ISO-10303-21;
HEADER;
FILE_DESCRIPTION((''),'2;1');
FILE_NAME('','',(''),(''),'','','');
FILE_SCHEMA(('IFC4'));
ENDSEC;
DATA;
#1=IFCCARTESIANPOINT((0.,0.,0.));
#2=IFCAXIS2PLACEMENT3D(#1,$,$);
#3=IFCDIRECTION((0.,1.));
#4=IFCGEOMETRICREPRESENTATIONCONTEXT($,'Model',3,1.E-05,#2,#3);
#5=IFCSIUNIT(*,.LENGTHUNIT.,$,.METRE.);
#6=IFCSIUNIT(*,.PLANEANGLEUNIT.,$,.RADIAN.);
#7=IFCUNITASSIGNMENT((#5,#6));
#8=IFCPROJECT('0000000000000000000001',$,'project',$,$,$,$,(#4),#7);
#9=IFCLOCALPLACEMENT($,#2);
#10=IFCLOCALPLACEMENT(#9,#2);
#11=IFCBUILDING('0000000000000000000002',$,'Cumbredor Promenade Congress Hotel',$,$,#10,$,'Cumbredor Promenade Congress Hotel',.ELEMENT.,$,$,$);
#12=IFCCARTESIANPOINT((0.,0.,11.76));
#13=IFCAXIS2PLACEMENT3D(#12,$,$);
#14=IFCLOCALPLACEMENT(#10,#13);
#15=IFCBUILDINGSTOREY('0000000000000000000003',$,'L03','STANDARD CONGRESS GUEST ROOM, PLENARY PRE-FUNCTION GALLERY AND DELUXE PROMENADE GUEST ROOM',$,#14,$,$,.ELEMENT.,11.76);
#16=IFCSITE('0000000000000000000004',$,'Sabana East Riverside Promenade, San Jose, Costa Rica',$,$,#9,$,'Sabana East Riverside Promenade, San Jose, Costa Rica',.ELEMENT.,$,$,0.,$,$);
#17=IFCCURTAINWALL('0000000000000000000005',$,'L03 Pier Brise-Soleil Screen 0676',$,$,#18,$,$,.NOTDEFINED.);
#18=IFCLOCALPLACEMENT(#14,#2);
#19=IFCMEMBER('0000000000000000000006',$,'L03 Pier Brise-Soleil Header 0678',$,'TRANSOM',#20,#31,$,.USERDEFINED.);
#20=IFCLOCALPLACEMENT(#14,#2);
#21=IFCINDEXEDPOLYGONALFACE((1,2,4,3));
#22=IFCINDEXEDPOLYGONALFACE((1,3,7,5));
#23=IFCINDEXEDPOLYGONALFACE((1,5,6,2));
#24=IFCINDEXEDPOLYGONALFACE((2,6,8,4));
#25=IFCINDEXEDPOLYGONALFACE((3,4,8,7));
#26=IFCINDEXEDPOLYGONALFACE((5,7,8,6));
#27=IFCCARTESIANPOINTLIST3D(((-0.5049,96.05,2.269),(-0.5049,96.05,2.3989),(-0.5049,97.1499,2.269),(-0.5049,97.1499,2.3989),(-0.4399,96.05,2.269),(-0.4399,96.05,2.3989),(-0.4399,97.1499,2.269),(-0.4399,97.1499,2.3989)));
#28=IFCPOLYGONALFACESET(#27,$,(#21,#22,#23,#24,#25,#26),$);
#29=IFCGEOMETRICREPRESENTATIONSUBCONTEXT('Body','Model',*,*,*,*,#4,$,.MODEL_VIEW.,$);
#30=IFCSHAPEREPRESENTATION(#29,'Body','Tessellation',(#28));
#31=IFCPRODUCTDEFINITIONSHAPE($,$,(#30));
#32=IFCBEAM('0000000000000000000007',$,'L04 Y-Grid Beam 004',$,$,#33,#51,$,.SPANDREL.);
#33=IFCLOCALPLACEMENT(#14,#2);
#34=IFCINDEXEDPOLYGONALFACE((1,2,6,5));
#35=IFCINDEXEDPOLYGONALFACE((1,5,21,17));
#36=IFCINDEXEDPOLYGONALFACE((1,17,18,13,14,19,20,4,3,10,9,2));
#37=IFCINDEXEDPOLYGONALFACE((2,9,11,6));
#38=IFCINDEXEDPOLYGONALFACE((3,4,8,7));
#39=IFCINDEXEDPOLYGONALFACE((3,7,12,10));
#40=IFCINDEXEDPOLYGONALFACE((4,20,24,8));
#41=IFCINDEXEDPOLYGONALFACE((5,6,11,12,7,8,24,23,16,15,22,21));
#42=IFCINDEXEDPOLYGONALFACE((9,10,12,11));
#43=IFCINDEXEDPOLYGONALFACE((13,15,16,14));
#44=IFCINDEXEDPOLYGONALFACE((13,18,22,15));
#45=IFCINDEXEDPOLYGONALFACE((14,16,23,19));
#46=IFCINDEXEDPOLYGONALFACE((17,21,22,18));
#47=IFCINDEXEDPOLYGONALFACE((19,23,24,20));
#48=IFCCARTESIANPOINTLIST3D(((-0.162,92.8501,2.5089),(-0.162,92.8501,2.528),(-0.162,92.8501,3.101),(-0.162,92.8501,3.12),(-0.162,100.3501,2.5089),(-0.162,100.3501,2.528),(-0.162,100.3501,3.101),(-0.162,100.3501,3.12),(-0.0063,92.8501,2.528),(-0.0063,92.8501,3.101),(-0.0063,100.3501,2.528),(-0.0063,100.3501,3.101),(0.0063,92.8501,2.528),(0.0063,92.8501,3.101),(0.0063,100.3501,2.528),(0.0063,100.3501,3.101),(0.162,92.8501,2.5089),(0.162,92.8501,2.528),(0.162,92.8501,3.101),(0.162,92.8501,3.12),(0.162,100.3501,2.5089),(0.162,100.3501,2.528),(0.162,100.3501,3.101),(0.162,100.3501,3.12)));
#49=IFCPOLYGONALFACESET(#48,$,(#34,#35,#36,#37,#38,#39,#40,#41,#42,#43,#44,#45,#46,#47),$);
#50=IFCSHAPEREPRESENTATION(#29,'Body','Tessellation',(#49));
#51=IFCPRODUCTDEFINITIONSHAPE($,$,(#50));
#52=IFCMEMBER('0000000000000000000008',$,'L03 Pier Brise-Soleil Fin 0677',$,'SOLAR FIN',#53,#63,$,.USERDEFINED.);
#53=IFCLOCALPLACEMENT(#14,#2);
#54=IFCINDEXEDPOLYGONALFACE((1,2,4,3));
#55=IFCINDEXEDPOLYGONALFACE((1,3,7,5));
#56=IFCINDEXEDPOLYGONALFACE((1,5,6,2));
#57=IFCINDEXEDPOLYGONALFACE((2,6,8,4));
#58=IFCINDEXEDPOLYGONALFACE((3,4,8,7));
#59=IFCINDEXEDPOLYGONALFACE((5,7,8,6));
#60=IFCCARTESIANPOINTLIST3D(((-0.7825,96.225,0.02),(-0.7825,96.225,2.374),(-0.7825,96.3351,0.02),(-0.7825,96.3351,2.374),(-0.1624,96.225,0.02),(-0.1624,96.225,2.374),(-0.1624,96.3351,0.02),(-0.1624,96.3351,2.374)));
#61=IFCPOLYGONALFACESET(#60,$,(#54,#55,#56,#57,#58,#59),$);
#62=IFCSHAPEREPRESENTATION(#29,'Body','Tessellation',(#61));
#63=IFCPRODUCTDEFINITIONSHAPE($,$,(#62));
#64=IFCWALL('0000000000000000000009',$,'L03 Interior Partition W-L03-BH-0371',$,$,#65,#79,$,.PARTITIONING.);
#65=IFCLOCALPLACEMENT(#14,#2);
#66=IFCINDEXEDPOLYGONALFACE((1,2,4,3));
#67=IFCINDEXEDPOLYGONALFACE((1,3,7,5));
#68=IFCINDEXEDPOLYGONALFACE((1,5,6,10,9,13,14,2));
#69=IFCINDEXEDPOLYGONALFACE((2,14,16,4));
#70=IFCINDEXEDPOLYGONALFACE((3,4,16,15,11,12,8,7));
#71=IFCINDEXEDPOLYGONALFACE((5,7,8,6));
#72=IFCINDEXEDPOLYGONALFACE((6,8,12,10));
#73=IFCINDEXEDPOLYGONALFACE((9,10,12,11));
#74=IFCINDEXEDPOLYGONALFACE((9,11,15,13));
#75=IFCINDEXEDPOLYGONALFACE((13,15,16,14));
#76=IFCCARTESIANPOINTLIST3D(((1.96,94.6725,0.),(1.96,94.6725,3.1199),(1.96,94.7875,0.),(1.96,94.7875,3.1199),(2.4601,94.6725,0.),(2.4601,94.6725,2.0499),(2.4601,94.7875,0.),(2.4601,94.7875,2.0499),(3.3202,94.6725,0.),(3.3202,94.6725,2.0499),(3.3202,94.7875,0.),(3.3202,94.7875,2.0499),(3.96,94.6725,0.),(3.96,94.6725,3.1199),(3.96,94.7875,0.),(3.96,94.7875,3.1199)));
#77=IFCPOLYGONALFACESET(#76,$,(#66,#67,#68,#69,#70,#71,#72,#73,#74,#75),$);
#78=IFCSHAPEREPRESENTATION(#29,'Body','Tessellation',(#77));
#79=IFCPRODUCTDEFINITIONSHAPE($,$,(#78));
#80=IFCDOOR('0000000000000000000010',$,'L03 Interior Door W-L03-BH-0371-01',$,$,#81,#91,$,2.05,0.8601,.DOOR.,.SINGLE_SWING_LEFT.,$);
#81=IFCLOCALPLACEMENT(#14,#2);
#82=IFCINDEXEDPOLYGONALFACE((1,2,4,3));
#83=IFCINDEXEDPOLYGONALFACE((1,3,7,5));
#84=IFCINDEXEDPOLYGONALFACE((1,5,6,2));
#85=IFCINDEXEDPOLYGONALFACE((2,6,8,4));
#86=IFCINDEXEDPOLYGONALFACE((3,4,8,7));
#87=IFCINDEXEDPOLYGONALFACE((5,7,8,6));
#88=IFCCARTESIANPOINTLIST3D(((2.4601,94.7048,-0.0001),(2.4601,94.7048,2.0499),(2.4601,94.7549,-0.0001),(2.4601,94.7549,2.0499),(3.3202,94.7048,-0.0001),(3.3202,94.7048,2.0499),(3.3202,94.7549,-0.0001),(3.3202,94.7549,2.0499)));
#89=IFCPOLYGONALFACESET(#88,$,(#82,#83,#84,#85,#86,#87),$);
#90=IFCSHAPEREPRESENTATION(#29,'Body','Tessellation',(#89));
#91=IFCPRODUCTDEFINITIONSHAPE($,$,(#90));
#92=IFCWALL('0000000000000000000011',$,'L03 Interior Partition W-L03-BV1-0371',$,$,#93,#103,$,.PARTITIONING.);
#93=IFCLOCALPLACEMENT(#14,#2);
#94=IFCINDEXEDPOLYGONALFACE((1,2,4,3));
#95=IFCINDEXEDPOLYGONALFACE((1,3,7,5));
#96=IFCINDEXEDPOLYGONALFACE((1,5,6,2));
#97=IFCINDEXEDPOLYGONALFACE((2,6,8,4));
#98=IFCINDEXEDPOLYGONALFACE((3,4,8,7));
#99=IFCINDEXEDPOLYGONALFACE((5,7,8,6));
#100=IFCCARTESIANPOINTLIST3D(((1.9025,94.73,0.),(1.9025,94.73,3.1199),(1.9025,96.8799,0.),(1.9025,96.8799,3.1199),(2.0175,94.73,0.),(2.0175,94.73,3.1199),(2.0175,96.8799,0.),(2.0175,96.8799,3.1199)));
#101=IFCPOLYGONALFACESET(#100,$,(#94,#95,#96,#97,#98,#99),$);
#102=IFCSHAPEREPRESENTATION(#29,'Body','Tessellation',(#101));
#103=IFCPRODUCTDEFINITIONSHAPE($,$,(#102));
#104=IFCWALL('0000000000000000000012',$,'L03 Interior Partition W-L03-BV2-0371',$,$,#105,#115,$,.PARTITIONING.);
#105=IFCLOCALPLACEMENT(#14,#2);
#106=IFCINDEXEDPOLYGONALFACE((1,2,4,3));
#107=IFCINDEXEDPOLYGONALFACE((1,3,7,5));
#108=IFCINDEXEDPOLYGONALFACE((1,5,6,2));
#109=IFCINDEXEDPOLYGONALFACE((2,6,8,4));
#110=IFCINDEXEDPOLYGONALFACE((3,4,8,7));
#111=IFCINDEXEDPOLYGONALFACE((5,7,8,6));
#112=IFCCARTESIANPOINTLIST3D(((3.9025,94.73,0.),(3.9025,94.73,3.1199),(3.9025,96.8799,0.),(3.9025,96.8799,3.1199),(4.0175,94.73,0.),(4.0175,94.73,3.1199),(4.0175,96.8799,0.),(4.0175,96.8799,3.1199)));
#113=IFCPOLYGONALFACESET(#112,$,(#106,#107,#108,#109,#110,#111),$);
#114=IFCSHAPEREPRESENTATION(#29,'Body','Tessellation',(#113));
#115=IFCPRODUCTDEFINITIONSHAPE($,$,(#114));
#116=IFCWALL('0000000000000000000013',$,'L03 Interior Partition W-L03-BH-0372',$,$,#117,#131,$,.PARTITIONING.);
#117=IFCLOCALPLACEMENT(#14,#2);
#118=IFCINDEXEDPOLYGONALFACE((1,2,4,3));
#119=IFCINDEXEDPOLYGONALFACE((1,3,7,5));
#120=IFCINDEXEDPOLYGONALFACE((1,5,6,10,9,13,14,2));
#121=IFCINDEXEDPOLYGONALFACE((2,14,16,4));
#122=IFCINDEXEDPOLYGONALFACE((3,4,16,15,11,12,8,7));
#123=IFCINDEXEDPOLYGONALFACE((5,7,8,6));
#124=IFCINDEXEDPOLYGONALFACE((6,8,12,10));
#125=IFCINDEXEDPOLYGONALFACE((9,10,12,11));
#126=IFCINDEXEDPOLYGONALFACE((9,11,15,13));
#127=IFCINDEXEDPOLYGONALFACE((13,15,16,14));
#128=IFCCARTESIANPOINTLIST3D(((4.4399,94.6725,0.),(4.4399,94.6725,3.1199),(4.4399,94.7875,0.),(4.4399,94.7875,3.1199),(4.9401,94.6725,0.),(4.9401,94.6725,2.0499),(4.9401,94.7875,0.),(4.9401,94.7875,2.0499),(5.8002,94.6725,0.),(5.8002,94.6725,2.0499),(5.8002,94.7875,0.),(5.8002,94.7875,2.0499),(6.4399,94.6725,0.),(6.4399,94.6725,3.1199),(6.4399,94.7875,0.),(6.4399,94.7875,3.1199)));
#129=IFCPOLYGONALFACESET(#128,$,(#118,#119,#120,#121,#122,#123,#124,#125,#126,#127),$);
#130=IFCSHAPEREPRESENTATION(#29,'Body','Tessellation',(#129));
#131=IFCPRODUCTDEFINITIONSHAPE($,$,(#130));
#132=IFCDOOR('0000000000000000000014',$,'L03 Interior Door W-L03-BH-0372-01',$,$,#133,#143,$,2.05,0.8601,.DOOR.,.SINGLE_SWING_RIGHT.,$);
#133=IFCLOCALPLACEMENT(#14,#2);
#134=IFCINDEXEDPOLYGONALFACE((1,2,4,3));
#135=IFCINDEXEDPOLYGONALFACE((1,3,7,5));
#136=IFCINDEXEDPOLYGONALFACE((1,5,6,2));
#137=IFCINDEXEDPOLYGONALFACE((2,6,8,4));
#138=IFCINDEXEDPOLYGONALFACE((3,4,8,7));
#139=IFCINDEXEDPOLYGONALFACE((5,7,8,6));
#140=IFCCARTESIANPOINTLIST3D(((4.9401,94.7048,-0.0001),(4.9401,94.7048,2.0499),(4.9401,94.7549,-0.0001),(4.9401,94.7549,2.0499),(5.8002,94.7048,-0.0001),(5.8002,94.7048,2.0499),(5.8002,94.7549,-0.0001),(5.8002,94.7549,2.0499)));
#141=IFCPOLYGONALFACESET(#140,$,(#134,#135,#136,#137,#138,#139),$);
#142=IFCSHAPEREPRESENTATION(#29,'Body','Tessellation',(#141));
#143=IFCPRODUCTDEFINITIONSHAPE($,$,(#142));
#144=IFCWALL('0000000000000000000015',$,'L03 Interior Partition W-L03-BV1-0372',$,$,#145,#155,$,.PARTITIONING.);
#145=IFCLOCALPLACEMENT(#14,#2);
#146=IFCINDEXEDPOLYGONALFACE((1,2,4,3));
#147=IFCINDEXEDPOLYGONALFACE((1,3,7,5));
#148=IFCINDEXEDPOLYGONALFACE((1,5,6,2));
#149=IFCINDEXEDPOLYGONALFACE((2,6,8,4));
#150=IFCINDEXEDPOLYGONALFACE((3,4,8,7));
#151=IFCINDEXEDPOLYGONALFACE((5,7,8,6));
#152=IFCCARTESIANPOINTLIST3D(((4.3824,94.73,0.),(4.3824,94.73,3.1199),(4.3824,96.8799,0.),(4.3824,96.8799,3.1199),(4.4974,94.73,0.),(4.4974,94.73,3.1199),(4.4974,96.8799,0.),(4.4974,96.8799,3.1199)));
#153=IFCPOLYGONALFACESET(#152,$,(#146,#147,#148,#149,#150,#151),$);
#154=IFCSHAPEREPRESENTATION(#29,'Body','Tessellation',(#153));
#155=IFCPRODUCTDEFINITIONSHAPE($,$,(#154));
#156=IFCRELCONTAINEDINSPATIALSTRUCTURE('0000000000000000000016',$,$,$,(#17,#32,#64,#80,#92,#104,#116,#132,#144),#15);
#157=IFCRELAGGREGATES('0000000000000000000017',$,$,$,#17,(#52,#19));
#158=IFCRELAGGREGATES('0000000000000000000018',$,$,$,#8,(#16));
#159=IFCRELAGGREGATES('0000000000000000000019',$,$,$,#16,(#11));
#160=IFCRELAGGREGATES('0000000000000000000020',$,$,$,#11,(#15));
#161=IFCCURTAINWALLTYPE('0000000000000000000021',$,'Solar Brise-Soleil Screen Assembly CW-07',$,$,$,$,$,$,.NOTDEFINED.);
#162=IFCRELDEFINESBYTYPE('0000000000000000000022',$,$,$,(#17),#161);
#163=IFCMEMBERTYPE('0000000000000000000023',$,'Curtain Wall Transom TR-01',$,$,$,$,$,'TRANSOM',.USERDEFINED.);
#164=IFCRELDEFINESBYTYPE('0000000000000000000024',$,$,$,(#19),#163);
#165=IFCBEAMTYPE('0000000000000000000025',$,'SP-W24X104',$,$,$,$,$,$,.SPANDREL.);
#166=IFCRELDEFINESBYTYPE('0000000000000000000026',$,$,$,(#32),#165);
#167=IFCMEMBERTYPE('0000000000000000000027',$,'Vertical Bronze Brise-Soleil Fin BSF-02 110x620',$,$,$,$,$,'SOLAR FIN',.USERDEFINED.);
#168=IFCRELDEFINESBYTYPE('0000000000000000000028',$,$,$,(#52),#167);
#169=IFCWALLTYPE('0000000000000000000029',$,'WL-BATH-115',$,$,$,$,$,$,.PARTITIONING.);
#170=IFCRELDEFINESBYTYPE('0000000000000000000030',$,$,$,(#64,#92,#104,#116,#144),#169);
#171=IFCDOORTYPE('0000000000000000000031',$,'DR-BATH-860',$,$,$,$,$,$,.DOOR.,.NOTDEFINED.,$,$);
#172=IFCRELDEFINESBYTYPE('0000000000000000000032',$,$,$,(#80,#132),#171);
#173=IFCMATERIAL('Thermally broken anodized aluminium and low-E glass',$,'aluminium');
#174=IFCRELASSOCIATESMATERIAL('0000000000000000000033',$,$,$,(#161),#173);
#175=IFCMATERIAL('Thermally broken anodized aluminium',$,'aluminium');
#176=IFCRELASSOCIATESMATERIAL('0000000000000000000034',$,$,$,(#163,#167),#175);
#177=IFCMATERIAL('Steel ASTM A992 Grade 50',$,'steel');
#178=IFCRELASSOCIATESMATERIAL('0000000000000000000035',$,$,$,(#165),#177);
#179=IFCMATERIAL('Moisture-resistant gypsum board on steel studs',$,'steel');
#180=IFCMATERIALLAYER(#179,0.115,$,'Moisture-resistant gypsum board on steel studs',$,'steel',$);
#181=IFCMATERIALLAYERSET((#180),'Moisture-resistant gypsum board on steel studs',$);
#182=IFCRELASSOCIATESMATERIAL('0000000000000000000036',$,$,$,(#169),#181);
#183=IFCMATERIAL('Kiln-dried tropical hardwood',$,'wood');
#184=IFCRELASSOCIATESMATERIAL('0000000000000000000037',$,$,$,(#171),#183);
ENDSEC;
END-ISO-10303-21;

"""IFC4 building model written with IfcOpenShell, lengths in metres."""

from ifc_helpers import new_model, si_unit, direction, frame, frame_2d, origin, origin_2d, place, context, subcontext, project, spatial, rectangle, i_section, extrude, material, layer, layer_set, material_profile, profile_set, type_object, element, fill, aggregate, save


model = new_model("IFC4")

# Units and contexts
model_context = context("Model", 3, precision=1e-05, world=origin(), true_north=direction((0.0, 1.0)))
body_context = subcontext(model_context, "Body", "Model", "MODEL_VIEW")
ifc_project = project(units=[si_unit("LENGTHUNIT", "METRE"), si_unit("PLANEANGLEUNIT", "RADIAN")], contexts=[model_context])

# Site, building, storey
site_placement = place(None, origin())
site = spatial("IfcSite", under=ifc_project, at=site_placement, Name="Sabana East Riverside Promenade, San Jose, Costa Rica", LongName="Sabana East Riverside Promenade, San Jose, Costa Rica", CompositionType="ELEMENT", RefElevation=0.0)
building_placement = place(site_placement, origin())
building = spatial("IfcBuilding", under=site, at=building_placement, Name="Cumbredor Promenade Congress Hotel", LongName="Cumbredor Promenade Congress Hotel", CompositionType="ELEMENT")
storey_placement = place(building_placement, frame((0.0, 0.0, 11.76)))
storey = spatial("IfcBuildingStorey", under=building, at=storey_placement, Name="L03", Description="STANDARD CONGRESS GUEST ROOM, PLENARY PRE-FUNCTION GALLERY AND DELUXE PROMENADE GUEST ROOM", CompositionType="ELEMENT", Elevation=11.76)

# Curtain wall, member
ifc_material_1 = material(Name="Thermally broken anodized aluminium and low-E glass", Category="aluminium")
curtain_wall_type = type_object("IfcCurtainWallType", Name="Solar Brise-Soleil Screen Assembly CW-07", PredefinedType="NOTDEFINED", material=ifc_material_1)
curtain_wall_placement = place(storey_placement, origin())
curtain_wall = element("IfcCurtainWall", 1, at=curtain_wall_placement, inside=storey, type_object=curtain_wall_type, Name="L03 Pier Brise-Soleil Screen 0676", PredefinedType="NOTDEFINED")
ifc_material_2 = material(Name="Thermally broken anodized aluminium", Category="aluminium")
ifc_material_profile_1 = material_profile(ifc_material_2, rectangle(XDim=0.0649, YDim=0.1299, at=origin_2d()), Name="ALU TRANSOM 65x130")
ifc_profile_set_1 = profile_set([ifc_material_profile_1], Name="Thermally broken anodized aluminium")
member_type_1 = type_object("IfcMemberType", Name="Curtain Wall Transom TR-01", ElementType="TRANSOM", PredefinedType="USERDEFINED", material=ifc_profile_set_1)
member_1_placement = place(storey_placement, frame((-0.4724, 96.05, 2.334), z_axis=(0.0, 1.0, 0.0), x_axis=(-1.0, 0.0, 0.0)))
member_1 = element("IfcMember", 2, at=member_1_placement, type_object=member_type_1, Name="L03 Pier Brise-Soleil Header 0678", ObjectType="TRANSOM", PredefinedType="USERDEFINED", context=body_context, shape_type="SweptSolid", body=[
    extrude(rectangle(XDim=0.0649, YDim=0.1299, at=origin_2d()), origin(), (0.0, 0.0, 1.0), 1.0999),
])

# Beam
ifc_material_3 = material(Name="Steel ASTM A992 Grade 50", Category="steel")
ifc_material_profile_2 = material_profile(ifc_material_3, i_section(OverallWidth=0.324, OverallDepth=0.6111, WebThickness=0.0127, FlangeThickness=0.019, at=origin_2d()), Name="W24X104")
ifc_profile_set_2 = profile_set([ifc_material_profile_2], Name="Steel ASTM A992 Grade 50")
beam_type = type_object("IfcBeamType", Name="SP-W24X104", PredefinedType="SPANDREL", material=ifc_profile_set_2)
beam_placement = place(storey_placement, frame((0.0, 92.8501, 2.8145), z_axis=(0.0, 1.0, 0.0), x_axis=(-1.0, 0.0, 0.0)))
element("IfcBeam", 3, at=beam_placement, inside=storey, type_object=beam_type, Name="L04 Y-Grid Beam 004", PredefinedType="SPANDREL", context=body_context, shape_type="SweptSolid", body=[
    extrude(i_section(OverallWidth=0.324, OverallDepth=0.6111, WebThickness=0.0127, FlangeThickness=0.019, at=origin_2d()), origin(), (0.0, 0.0, 1.0), 7.5),
])

# Member
ifc_material_profile_3 = material_profile(ifc_material_2, rectangle(XDim=0.1101, YDim=0.6201, at=origin_2d()), Name="ARCH FIN 110x620")
ifc_profile_set_3 = profile_set([ifc_material_profile_3], Name="Thermally broken anodized aluminium")
member_type_2 = type_object("IfcMemberType", Name="Vertical Bronze Brise-Soleil Fin BSF-02 110x620", ElementType="SOLAR FIN", PredefinedType="USERDEFINED", material=ifc_profile_set_3)
member_2_placement = place(storey_placement, frame((-0.4724, 96.28, 0.02), z_axis=(0.0, 0.0, 1.0), x_axis=(0.0, 1.0, 0.0)))
member_2 = element("IfcMember", 4, at=member_2_placement, type_object=member_type_2, Name="L03 Pier Brise-Soleil Fin 0677", ObjectType="SOLAR FIN", PredefinedType="USERDEFINED", context=body_context, shape_type="SweptSolid", body=[
    extrude(rectangle(XDim=0.1101, YDim=0.6201, at=origin_2d()), origin(), (0.0, 0.0, 1.0), 2.354),
])
aggregate(curtain_wall, [member_2, member_1])

# Wall, opening, door
ifc_material_4 = material(Name="Moisture-resistant gypsum board on steel studs", Category="steel")
ifc_layer_1 = layer(ifc_material_4, 0.115, Name="Moisture-resistant gypsum board on steel studs", Category="steel")
ifc_layer_set_1 = layer_set([ifc_layer_1], Name="Moisture-resistant gypsum board on steel studs")
wall_type_1 = type_object("IfcWallType", Name="WL-BATH-115", PredefinedType="PARTITIONING", material=ifc_layer_set_1)
wall_1_placement = place(storey_placement, frame((1.96, 94.73, 0.0), z_axis=(0.0, 0.0, 1.0), x_axis=(1.0, 0.0, 0.0)))
wall_1 = element("IfcWall", 5, at=wall_1_placement, inside=storey, type_object=wall_type_1, Name="L03 Interior Partition W-L03-BH-0371", PredefinedType="PARTITIONING", context=body_context, shape_type="SweptSolid", body=[
    extrude(rectangle(XDim=2.0, YDim=0.115, at=frame_2d((1.0, 0.0))), origin(), (0.0, 0.0, 1.0), 3.1199),
])
opening_1_placement = place(wall_1_placement, frame((0.5, 0.0, 0.0)))
opening_1 = element("IfcOpeningElement", 6, at=opening_1_placement, cuts=wall_1, PredefinedType="OPENING", context=body_context, shape_type="SweptSolid", body=[
    extrude(rectangle(XDim=0.8601, YDim=2.05, at=frame_2d((0.4302, 1.0249))), frame((0.0, 0.0674, 0.0), z_axis=(0.0, -1.0, 0.0), x_axis=(1.0, 0.0, 0.0)), (0.0, 0.0, 1.0), 0.135),
])
ifc_material_5 = material(Name="Kiln-dried tropical hardwood", Category="wood")
door_type = type_object("IfcDoorType", Name="DR-BATH-860", OperationType="NOTDEFINED", PredefinedType="DOOR", material=ifc_material_5)
door_1_placement = place(opening_1_placement, origin())
door_1 = element("IfcDoor", 7, at=door_1_placement, inside=storey, type_object=door_type, Name="L03 Interior Door W-L03-BH-0371-01", OperationType="SINGLE_SWING_LEFT", OverallHeight=2.05, OverallWidth=0.8601, PredefinedType="DOOR", context=body_context, shape_type="SweptSolid", body=[
    extrude(rectangle(XDim=0.8601, YDim=2.05, at=frame_2d((0.4302, 1.0249))), frame((0.0, 0.0249, 0.0), z_axis=(0.0, -1.0, 0.0), x_axis=(1.0, 0.0, 0.0)), (0.0, 0.0, 1.0), 0.05),
])
fill(opening_1, door_1)

# Walls
for number, where, z_axis, x_axis, name in (
    (8, (1.96, 94.73, 0.0), (0.0, 0.0, 1.0), (0.0, 1.0, 0.0), "L03 Interior Partition W-L03-BV1-0371"),
    (9, (3.96, 94.73, 0.0), (0.0, 0.0, 1.0), (0.0, 1.0, 0.0), "L03 Interior Partition W-L03-BV2-0371"),
):
    element("IfcWall", number, at=place(storey_placement, frame(where, z_axis=z_axis, x_axis=x_axis)), inside=storey, type_object=wall_type_1, Name=name, PredefinedType="PARTITIONING", context=body_context, shape_type="SweptSolid", body=[
        extrude(rectangle(XDim=2.1499, YDim=0.115, at=frame_2d((1.075, 0.0))), origin(), (0.0, 0.0, 1.0), 3.1199),
    ])

# Wall, opening, door
wall_2_placement = place(storey_placement, frame((4.4399, 94.73, 0.0), z_axis=(0.0, 0.0, 1.0), x_axis=(1.0, 0.0, 0.0)))
wall_2 = element("IfcWall", 10, at=wall_2_placement, inside=storey, type_object=wall_type_1, Name="L03 Interior Partition W-L03-BH-0372", PredefinedType="PARTITIONING", context=body_context, shape_type="SweptSolid", body=[
    extrude(rectangle(XDim=2.0, YDim=0.115, at=frame_2d((1.0, 0.0))), origin(), (0.0, 0.0, 1.0), 3.1199),
])
opening_2_placement = place(wall_2_placement, frame((0.5, 0.0, 0.0)))
opening_2 = element("IfcOpeningElement", 11, at=opening_2_placement, cuts=wall_2, PredefinedType="OPENING", context=body_context, shape_type="SweptSolid", body=[
    extrude(rectangle(XDim=0.8601, YDim=2.05, at=frame_2d((0.4302, 1.0249))), frame((0.0, 0.0674, 0.0), z_axis=(0.0, -1.0, 0.0), x_axis=(1.0, 0.0, 0.0)), (0.0, 0.0, 1.0), 0.135),
])
door_2_placement = place(opening_2_placement, origin())
door_2 = element("IfcDoor", 12, at=door_2_placement, inside=storey, type_object=door_type, Name="L03 Interior Door W-L03-BH-0372-01", OperationType="SINGLE_SWING_RIGHT", OverallHeight=2.05, OverallWidth=0.8601, PredefinedType="DOOR", context=body_context, shape_type="SweptSolid", body=[
    extrude(rectangle(XDim=0.8601, YDim=2.05, at=frame_2d((0.4302, 1.0249))), frame((0.0, 0.0249, 0.0), z_axis=(0.0, -1.0, 0.0), x_axis=(1.0, 0.0, 0.0)), (0.0, 0.0, 1.0), 0.05),
])
fill(opening_2, door_2)

# Wall
wall_3_placement = place(storey_placement, frame((4.4399, 94.73, 0.0), z_axis=(0.0, 0.0, 1.0), x_axis=(0.0, 1.0, 0.0)))
element("IfcWall", 13, at=wall_3_placement, inside=storey, type_object=wall_type_1, Name="L03 Interior Partition W-L03-BV1-0372", PredefinedType="PARTITIONING", context=body_context, shape_type="SweptSolid", body=[
    extrude(rectangle(XDim=2.1499, YDim=0.115, at=frame_2d((1.075, 0.0))), origin(), (0.0, 0.0, 1.0), 3.1199),
])

save(model, "model.ifc")
